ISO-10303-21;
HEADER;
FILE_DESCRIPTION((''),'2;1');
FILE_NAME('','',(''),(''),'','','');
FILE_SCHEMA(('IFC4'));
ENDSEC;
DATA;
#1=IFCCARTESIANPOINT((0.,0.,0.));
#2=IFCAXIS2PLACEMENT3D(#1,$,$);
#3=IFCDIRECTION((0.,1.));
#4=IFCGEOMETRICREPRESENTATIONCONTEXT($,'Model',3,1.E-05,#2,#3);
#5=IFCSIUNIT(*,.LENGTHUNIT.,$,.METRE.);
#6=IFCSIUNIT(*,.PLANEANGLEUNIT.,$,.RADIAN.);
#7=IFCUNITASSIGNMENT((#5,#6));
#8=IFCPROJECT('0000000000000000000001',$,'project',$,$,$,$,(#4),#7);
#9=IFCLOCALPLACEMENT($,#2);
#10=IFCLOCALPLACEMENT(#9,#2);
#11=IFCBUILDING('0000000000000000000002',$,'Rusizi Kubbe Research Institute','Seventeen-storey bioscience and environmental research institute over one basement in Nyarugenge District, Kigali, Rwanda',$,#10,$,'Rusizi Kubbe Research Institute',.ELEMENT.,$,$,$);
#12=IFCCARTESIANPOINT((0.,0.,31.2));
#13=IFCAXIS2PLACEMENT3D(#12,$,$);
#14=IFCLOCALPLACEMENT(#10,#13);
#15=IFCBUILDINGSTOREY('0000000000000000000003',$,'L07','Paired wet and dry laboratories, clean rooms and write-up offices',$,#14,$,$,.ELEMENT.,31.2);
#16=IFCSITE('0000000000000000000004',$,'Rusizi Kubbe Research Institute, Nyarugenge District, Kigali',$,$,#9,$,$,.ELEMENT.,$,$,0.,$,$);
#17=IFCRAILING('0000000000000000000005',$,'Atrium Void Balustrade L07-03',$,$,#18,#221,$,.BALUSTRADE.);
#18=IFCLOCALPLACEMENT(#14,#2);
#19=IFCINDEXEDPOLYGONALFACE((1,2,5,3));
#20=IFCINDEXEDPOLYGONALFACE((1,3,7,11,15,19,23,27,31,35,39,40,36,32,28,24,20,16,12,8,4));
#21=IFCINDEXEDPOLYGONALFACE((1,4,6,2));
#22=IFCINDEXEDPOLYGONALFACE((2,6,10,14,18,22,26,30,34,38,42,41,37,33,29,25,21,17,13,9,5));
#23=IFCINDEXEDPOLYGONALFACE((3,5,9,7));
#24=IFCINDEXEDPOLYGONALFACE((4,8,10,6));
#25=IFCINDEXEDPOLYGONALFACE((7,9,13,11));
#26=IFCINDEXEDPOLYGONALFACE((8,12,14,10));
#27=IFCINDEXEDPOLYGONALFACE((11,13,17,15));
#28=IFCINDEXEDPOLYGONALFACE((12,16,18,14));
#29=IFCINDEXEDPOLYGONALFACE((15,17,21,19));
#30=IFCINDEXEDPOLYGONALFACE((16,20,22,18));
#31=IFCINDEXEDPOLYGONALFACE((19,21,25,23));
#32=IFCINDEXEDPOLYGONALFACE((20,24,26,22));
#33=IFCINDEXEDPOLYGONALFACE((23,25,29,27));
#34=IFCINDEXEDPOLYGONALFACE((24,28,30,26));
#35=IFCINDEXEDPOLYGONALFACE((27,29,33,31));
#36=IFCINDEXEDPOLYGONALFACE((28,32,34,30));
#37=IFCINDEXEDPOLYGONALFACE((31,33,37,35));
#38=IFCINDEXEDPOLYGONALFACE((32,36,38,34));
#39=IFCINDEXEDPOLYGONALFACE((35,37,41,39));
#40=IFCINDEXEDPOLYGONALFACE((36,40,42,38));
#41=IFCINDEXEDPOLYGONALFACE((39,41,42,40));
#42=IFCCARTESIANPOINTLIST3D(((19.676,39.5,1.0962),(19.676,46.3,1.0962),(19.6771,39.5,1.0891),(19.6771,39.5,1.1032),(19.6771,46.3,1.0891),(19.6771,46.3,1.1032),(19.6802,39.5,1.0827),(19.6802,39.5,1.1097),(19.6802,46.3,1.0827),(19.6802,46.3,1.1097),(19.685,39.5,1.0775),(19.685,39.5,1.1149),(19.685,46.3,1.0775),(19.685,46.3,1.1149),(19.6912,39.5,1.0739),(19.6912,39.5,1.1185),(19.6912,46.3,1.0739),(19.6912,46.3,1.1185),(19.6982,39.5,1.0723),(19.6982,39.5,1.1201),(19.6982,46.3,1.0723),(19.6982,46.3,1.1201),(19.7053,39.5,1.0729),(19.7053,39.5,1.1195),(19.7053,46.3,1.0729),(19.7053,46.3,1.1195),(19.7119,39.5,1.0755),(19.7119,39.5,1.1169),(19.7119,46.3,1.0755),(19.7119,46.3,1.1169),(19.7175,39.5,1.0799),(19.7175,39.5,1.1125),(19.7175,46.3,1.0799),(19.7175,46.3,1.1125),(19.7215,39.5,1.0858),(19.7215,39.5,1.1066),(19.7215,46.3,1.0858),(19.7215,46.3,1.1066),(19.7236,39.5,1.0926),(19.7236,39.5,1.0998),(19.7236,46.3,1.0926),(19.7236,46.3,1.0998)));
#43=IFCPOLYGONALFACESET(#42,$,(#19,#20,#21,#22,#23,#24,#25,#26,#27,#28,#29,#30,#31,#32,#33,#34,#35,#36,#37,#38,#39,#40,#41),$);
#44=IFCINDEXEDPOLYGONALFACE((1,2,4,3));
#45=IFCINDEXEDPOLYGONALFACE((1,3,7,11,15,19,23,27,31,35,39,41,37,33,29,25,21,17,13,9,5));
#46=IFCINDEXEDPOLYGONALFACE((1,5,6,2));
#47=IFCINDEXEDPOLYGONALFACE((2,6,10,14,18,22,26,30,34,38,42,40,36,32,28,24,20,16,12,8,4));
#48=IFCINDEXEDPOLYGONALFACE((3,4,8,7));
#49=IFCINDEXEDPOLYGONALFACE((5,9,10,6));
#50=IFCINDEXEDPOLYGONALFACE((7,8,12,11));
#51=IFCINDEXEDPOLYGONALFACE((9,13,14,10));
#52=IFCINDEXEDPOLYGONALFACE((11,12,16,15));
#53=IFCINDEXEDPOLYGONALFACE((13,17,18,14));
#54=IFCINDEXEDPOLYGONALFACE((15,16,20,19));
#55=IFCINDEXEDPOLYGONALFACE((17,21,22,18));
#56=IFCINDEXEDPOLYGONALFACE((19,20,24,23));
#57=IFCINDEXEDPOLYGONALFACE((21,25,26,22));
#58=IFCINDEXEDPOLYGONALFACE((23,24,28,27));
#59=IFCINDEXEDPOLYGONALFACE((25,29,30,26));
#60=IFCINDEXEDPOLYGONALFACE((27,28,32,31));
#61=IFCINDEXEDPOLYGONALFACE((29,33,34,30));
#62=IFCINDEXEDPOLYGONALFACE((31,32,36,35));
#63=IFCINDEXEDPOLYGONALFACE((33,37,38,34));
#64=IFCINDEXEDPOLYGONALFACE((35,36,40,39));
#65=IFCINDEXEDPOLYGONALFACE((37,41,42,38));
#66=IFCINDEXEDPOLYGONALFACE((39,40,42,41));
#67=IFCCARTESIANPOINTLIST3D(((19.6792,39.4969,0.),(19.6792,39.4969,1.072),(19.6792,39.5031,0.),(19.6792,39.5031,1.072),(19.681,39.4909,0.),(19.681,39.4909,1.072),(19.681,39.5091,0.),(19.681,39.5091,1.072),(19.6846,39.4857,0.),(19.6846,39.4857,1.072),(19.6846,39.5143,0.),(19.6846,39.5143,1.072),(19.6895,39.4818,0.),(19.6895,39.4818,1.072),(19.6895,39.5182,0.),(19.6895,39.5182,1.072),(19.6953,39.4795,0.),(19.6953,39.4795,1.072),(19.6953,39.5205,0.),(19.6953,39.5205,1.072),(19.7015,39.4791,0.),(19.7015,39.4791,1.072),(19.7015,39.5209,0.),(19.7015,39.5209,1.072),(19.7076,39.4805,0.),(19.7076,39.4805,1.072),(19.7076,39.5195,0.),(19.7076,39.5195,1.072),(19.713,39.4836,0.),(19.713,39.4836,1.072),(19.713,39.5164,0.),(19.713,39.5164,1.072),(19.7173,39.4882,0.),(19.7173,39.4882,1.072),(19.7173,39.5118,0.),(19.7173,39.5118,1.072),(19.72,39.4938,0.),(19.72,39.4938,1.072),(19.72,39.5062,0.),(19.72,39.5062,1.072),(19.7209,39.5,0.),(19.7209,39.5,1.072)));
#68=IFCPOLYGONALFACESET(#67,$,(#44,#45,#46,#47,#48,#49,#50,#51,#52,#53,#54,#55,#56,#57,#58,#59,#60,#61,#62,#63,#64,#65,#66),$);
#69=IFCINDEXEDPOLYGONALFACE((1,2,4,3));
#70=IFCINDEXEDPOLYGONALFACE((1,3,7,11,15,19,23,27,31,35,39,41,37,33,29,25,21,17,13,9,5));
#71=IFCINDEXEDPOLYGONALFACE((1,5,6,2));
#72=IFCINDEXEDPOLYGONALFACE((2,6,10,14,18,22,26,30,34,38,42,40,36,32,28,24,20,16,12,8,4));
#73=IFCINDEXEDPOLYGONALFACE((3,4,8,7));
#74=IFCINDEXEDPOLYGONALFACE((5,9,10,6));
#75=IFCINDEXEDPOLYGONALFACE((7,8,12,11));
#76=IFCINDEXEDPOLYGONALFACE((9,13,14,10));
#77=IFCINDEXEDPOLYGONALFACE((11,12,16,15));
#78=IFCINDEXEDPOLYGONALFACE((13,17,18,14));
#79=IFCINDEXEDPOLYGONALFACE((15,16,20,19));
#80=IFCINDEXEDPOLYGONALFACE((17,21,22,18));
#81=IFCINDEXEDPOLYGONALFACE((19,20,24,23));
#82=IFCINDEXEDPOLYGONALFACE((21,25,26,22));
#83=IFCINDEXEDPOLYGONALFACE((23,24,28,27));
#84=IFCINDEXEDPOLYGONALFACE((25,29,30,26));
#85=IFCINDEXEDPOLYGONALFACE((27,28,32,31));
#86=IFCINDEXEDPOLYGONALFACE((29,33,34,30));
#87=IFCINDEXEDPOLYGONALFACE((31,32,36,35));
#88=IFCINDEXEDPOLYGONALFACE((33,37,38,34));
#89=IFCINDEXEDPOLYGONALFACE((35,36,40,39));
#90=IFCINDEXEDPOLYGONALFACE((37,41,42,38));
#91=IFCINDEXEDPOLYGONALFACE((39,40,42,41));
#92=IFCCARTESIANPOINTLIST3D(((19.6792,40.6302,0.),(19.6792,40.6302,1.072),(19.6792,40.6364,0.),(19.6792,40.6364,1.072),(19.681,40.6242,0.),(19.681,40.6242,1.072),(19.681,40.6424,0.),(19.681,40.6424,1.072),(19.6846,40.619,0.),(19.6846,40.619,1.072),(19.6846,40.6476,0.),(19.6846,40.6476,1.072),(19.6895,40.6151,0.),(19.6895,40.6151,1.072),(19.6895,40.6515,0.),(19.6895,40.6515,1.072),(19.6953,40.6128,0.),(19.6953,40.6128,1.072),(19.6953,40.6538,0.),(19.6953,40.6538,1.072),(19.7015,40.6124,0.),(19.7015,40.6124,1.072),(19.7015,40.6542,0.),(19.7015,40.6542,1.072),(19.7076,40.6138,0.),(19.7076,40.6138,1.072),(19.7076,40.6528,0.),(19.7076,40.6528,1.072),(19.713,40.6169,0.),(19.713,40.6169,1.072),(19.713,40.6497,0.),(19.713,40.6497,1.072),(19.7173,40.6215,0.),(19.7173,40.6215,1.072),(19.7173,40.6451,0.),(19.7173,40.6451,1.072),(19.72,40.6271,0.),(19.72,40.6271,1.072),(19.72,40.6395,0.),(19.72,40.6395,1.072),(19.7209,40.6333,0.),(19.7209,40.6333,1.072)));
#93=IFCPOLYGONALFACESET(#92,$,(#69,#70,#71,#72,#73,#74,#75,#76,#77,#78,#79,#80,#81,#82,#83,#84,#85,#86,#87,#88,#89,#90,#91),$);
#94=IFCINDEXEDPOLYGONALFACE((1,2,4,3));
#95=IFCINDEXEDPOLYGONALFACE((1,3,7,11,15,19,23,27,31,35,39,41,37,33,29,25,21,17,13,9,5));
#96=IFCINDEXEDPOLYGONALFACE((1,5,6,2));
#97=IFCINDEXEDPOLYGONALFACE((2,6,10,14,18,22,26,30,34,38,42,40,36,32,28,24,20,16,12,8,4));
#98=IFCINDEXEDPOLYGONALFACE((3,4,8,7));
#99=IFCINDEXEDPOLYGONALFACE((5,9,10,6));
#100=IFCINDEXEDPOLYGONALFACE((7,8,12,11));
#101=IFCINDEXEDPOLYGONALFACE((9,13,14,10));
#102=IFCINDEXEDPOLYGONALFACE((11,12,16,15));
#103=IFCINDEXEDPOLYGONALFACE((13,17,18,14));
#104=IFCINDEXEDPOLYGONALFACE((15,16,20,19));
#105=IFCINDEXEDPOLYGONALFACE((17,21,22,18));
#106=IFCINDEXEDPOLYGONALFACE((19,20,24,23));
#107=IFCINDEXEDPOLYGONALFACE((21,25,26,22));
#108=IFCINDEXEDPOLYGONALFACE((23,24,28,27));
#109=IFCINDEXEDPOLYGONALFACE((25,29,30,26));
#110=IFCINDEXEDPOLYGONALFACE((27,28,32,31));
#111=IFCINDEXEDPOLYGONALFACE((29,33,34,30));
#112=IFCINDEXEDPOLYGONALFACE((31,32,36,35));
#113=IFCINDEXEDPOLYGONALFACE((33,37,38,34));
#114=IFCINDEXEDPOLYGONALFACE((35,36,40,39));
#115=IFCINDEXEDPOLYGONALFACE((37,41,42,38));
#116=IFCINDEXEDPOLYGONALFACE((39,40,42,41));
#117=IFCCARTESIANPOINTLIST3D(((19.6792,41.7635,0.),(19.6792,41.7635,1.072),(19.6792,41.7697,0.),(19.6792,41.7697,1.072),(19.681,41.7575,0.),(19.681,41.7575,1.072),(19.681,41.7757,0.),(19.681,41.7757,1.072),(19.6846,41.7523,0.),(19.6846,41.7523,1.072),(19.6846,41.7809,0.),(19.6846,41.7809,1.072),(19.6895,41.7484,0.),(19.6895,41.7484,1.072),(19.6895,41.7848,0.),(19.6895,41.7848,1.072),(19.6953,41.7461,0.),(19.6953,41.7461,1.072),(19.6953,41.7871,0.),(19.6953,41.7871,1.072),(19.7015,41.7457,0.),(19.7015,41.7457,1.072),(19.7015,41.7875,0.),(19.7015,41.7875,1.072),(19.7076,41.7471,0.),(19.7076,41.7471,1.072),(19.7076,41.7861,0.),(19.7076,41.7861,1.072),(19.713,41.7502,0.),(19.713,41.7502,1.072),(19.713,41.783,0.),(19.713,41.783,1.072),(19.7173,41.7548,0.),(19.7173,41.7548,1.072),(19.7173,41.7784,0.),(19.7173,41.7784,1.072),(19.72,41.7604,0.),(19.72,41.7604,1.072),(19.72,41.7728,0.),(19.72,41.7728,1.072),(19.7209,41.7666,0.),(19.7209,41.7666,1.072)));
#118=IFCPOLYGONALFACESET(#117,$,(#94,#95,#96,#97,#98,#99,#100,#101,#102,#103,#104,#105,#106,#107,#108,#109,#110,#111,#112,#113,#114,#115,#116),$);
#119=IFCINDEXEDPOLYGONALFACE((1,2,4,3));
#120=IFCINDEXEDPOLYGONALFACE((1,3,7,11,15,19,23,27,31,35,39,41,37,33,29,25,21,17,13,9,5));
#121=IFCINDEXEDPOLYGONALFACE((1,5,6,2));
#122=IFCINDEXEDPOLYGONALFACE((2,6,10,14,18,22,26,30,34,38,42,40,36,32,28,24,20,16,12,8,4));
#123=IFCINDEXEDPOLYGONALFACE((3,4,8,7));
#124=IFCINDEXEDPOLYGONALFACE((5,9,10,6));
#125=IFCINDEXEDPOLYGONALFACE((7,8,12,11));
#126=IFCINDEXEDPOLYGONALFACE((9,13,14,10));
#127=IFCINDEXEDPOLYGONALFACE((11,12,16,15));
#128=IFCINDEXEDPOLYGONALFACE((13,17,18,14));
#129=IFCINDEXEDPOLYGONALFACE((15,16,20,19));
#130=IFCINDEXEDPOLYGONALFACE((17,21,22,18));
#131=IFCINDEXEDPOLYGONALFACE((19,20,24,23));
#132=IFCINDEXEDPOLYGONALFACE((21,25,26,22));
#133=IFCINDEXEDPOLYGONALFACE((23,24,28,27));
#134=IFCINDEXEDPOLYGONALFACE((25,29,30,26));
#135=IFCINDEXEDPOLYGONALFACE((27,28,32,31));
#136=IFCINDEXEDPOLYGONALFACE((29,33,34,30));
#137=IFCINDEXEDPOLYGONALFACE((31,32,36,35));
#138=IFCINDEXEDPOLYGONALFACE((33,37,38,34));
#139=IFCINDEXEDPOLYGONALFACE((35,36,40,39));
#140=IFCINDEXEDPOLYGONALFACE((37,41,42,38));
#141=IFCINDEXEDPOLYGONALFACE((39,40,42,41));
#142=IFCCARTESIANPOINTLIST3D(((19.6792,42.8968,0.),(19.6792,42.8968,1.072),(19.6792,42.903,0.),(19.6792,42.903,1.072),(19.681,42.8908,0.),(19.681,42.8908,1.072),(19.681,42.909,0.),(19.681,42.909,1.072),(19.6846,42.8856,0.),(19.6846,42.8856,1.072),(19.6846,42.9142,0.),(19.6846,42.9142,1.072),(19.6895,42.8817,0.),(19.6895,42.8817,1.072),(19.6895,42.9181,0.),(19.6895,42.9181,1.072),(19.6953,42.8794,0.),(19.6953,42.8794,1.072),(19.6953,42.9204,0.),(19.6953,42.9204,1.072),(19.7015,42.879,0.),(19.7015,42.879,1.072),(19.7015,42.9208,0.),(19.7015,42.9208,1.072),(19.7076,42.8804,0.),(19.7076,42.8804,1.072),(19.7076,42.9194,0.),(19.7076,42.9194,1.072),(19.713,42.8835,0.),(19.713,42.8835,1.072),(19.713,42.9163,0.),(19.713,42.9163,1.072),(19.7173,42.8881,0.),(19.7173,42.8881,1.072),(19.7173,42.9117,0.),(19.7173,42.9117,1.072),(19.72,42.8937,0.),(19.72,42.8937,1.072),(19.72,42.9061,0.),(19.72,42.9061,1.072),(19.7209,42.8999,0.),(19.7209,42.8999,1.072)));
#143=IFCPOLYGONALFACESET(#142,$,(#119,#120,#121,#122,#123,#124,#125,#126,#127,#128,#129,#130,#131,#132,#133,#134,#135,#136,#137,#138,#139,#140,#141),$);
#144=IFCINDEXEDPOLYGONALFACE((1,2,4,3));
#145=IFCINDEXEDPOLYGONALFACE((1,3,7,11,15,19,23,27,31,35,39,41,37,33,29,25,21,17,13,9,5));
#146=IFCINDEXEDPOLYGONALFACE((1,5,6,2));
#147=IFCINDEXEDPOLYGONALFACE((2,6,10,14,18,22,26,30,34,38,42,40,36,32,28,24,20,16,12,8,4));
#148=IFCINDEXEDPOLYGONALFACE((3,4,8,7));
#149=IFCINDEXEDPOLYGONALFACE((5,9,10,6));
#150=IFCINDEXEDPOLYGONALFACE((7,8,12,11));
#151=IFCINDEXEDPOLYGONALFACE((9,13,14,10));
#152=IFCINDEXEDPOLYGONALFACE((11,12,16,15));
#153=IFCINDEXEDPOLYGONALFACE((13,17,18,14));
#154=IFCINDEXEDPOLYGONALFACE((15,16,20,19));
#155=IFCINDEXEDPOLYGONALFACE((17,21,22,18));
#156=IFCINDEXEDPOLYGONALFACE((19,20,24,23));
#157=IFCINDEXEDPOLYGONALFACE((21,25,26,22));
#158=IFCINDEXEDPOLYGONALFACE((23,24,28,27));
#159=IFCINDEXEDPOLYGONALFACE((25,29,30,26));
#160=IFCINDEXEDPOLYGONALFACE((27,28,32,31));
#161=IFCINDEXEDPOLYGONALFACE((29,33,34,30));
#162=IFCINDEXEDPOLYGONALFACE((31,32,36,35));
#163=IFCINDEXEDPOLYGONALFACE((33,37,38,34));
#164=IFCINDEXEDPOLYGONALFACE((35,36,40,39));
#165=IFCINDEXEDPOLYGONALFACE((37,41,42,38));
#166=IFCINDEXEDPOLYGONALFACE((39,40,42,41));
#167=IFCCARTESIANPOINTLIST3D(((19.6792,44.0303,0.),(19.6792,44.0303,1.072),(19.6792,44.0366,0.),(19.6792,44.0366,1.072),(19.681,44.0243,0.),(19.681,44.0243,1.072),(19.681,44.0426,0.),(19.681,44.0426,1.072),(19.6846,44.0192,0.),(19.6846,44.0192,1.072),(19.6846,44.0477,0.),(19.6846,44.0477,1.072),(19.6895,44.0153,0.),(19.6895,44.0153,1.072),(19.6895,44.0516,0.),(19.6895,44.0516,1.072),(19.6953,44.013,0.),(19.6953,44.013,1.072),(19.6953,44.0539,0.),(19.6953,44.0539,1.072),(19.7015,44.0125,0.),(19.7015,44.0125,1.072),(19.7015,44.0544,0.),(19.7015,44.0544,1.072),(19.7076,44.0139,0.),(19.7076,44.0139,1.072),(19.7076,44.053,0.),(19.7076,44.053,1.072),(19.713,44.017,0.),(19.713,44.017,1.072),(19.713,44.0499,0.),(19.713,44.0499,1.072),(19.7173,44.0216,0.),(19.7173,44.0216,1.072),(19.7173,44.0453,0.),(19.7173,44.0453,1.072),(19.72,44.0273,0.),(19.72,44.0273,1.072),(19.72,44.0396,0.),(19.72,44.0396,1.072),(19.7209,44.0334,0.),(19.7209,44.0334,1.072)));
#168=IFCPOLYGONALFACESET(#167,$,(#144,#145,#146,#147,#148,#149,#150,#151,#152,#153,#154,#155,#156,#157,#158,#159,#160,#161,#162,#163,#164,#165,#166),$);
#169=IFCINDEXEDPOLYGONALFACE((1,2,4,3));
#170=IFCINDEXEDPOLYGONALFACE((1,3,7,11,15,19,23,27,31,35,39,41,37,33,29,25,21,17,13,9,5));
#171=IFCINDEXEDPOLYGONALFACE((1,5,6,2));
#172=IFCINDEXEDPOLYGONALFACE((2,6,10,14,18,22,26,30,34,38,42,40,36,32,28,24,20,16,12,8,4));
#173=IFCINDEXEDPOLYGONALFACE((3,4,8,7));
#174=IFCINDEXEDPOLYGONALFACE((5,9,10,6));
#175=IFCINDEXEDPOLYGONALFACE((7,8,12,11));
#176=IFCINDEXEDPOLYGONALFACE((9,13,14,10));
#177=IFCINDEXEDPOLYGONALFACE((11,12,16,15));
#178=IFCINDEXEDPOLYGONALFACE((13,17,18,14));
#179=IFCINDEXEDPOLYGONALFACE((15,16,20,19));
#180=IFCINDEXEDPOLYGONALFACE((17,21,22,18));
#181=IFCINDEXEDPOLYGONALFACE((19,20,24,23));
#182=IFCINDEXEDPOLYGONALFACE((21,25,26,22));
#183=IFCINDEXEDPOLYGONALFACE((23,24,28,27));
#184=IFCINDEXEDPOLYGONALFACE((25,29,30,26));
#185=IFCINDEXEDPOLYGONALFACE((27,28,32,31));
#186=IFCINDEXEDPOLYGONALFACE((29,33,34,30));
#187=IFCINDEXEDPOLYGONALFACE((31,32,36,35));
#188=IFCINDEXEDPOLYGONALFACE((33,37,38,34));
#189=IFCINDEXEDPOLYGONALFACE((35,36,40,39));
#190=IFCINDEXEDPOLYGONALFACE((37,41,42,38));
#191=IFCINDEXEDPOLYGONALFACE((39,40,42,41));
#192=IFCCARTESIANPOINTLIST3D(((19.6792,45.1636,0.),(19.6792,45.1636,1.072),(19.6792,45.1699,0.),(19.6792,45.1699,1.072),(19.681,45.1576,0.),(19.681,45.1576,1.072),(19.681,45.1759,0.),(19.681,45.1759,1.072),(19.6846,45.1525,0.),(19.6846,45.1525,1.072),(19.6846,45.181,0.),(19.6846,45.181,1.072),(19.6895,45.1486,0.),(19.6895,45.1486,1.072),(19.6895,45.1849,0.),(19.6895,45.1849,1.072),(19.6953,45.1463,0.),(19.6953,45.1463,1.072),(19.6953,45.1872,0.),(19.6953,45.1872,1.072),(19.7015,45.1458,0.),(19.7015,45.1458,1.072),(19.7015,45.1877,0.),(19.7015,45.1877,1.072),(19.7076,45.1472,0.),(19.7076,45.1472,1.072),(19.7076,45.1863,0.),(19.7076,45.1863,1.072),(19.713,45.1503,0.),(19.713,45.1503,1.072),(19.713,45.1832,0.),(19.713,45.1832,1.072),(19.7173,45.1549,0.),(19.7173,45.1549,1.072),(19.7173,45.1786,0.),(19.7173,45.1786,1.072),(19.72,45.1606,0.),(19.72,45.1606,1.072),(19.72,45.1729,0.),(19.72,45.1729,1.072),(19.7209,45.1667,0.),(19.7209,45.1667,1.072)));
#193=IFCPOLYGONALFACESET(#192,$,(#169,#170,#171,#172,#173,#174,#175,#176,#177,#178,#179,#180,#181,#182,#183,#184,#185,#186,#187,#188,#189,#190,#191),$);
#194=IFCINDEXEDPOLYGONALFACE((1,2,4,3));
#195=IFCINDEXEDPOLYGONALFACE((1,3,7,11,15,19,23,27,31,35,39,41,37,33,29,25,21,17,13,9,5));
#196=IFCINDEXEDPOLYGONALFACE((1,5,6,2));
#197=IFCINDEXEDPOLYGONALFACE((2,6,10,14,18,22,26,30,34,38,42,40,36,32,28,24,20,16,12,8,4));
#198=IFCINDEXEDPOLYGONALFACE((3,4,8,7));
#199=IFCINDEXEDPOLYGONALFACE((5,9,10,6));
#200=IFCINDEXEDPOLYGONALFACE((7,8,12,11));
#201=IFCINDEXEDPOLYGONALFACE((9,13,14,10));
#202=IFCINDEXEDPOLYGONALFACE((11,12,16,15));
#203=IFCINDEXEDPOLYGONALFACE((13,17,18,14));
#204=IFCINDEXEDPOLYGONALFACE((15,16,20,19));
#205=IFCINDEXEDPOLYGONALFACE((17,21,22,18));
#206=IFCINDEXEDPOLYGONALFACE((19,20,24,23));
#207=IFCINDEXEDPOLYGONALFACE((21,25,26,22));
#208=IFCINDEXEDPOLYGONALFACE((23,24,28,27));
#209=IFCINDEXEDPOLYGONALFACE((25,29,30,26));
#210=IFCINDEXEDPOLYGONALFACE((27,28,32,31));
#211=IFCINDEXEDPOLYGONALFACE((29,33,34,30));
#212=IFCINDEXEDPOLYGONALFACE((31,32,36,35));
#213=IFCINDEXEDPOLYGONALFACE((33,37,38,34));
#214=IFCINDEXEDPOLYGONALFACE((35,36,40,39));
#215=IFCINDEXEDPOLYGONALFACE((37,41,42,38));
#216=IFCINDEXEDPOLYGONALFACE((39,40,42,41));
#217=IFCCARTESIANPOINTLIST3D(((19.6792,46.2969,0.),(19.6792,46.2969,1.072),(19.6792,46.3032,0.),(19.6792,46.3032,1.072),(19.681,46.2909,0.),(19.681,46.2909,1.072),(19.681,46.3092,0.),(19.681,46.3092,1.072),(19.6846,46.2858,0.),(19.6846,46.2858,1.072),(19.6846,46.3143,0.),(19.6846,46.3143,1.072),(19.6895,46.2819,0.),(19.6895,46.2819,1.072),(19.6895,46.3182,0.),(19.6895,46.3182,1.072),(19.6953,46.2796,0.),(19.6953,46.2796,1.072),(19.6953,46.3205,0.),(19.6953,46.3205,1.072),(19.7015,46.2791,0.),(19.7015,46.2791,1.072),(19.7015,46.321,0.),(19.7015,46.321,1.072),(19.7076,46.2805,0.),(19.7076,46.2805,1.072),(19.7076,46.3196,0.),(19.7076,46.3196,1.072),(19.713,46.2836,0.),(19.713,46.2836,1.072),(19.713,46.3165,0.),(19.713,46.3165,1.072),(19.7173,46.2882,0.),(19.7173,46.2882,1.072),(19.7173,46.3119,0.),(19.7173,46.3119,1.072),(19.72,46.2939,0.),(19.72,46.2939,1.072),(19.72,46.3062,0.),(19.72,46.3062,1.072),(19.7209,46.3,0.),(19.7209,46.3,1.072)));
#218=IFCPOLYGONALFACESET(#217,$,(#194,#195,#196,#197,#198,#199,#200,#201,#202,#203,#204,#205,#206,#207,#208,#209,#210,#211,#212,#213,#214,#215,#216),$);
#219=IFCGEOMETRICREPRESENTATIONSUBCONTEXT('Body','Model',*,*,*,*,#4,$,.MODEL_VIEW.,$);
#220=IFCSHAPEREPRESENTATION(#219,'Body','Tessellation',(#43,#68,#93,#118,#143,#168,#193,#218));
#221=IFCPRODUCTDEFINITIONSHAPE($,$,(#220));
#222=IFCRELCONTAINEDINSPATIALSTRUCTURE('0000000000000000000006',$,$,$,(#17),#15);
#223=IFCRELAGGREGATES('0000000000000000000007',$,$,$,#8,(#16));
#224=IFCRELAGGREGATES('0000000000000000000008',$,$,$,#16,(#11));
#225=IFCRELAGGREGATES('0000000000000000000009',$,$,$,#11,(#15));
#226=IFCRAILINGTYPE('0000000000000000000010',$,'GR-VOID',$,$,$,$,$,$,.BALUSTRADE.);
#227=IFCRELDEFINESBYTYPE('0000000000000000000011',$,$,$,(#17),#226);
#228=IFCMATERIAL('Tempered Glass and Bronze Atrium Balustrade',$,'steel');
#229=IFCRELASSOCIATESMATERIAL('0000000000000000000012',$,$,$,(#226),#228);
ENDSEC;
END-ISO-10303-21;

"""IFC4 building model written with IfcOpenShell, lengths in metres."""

from ifc_helpers import new_model, si_unit, direction, frame, origin, origin_2d, place, context, subcontext, project, spatial, circle, extrude, material, type_object, element, save


model = new_model("IFC4")

# Units and contexts
model_context = context("Model", 3, precision=1e-05, world=origin(), true_north=direction((0.0, 1.0)))
body_context = subcontext(model_context, "Body", "Model", "MODEL_VIEW")
ifc_project = project(units=[si_unit("LENGTHUNIT", "METRE"), si_unit("PLANEANGLEUNIT", "RADIAN")], contexts=[model_context])

# Site, building, storey
site_placement = place(None, origin())
site = spatial("IfcSite", under=ifc_project, at=site_placement, Name="Rusizi Kubbe Research Institute, Nyarugenge District, Kigali", CompositionType="ELEMENT", RefElevation=0.0)
building_placement = place(site_placement, origin())
building = spatial("IfcBuilding", under=site, at=building_placement, Name="Rusizi Kubbe Research Institute", Description="Seventeen-storey bioscience and environmental research institute over one basement in Nyarugenge District, Kigali, Rwanda", LongName="Rusizi Kubbe Research Institute", CompositionType="ELEMENT")
storey_placement = place(building_placement, frame((0.0, 0.0, 31.2)))
storey = spatial("IfcBuildingStorey", under=building, at=storey_placement, Name="L07", Description="Paired wet and dry laboratories, clean rooms and write-up offices", CompositionType="ELEMENT", Elevation=31.2)

# Railing
ifc_material_1 = material(Name="Tempered Glass and Bronze Atrium Balustrade", Category="steel")
railing_type = type_object("IfcRailingType", Name="GR-VOID", PredefinedType="BALUSTRADE", material=ifc_material_1)
railing_1_placement = place(storey_placement, frame((19.7, 39.5, 0.0)))
element("IfcRailing", 1, at=railing_1_placement, inside=storey, type_object=railing_type, Name="Atrium Void Balustrade L07-03", PredefinedType="BALUSTRADE", context=body_context, shape_type="SweptSolid", body=[
    extrude(circle(Radius=0.0239, at=origin_2d()), frame((0.0, 0.0, 1.0962), z_axis=(0.0, 1.0, 0.0), x_axis=(-1.0, 0.0, 0.0)), (0.0, 0.0, 1.0), 6.8),
    extrude(circle(Radius=0.021, at=origin_2d()), origin(), (0.0, 0.0, 1.0), 1.072),
    extrude(circle(Radius=0.021, at=origin_2d()), frame((0.0, 1.1333, 0.0)), (0.0, 0.0, 1.0), 1.072),
    extrude(circle(Radius=0.021, at=origin_2d()), frame((0.0, 2.2666, 0.0)), (0.0, 0.0, 1.0), 1.072),
    extrude(circle(Radius=0.021, at=origin_2d()), frame((0.0, 3.3999, 0.0)), (0.0, 0.0, 1.0), 1.072),
    extrude(circle(Radius=0.021, at=origin_2d()), frame((0.0, 4.5334, 0.0)), (0.0, 0.0, 1.0), 1.072),
    extrude(circle(Radius=0.021, at=origin_2d()), frame((0.0, 5.6667, 0.0)), (0.0, 0.0, 1.0), 1.072),
    extrude(circle(Radius=0.021, at=origin_2d()), frame((0.0, 6.8, 0.0)), (0.0, 0.0, 1.0), 1.072),
])

save(model, "model.ifc")
